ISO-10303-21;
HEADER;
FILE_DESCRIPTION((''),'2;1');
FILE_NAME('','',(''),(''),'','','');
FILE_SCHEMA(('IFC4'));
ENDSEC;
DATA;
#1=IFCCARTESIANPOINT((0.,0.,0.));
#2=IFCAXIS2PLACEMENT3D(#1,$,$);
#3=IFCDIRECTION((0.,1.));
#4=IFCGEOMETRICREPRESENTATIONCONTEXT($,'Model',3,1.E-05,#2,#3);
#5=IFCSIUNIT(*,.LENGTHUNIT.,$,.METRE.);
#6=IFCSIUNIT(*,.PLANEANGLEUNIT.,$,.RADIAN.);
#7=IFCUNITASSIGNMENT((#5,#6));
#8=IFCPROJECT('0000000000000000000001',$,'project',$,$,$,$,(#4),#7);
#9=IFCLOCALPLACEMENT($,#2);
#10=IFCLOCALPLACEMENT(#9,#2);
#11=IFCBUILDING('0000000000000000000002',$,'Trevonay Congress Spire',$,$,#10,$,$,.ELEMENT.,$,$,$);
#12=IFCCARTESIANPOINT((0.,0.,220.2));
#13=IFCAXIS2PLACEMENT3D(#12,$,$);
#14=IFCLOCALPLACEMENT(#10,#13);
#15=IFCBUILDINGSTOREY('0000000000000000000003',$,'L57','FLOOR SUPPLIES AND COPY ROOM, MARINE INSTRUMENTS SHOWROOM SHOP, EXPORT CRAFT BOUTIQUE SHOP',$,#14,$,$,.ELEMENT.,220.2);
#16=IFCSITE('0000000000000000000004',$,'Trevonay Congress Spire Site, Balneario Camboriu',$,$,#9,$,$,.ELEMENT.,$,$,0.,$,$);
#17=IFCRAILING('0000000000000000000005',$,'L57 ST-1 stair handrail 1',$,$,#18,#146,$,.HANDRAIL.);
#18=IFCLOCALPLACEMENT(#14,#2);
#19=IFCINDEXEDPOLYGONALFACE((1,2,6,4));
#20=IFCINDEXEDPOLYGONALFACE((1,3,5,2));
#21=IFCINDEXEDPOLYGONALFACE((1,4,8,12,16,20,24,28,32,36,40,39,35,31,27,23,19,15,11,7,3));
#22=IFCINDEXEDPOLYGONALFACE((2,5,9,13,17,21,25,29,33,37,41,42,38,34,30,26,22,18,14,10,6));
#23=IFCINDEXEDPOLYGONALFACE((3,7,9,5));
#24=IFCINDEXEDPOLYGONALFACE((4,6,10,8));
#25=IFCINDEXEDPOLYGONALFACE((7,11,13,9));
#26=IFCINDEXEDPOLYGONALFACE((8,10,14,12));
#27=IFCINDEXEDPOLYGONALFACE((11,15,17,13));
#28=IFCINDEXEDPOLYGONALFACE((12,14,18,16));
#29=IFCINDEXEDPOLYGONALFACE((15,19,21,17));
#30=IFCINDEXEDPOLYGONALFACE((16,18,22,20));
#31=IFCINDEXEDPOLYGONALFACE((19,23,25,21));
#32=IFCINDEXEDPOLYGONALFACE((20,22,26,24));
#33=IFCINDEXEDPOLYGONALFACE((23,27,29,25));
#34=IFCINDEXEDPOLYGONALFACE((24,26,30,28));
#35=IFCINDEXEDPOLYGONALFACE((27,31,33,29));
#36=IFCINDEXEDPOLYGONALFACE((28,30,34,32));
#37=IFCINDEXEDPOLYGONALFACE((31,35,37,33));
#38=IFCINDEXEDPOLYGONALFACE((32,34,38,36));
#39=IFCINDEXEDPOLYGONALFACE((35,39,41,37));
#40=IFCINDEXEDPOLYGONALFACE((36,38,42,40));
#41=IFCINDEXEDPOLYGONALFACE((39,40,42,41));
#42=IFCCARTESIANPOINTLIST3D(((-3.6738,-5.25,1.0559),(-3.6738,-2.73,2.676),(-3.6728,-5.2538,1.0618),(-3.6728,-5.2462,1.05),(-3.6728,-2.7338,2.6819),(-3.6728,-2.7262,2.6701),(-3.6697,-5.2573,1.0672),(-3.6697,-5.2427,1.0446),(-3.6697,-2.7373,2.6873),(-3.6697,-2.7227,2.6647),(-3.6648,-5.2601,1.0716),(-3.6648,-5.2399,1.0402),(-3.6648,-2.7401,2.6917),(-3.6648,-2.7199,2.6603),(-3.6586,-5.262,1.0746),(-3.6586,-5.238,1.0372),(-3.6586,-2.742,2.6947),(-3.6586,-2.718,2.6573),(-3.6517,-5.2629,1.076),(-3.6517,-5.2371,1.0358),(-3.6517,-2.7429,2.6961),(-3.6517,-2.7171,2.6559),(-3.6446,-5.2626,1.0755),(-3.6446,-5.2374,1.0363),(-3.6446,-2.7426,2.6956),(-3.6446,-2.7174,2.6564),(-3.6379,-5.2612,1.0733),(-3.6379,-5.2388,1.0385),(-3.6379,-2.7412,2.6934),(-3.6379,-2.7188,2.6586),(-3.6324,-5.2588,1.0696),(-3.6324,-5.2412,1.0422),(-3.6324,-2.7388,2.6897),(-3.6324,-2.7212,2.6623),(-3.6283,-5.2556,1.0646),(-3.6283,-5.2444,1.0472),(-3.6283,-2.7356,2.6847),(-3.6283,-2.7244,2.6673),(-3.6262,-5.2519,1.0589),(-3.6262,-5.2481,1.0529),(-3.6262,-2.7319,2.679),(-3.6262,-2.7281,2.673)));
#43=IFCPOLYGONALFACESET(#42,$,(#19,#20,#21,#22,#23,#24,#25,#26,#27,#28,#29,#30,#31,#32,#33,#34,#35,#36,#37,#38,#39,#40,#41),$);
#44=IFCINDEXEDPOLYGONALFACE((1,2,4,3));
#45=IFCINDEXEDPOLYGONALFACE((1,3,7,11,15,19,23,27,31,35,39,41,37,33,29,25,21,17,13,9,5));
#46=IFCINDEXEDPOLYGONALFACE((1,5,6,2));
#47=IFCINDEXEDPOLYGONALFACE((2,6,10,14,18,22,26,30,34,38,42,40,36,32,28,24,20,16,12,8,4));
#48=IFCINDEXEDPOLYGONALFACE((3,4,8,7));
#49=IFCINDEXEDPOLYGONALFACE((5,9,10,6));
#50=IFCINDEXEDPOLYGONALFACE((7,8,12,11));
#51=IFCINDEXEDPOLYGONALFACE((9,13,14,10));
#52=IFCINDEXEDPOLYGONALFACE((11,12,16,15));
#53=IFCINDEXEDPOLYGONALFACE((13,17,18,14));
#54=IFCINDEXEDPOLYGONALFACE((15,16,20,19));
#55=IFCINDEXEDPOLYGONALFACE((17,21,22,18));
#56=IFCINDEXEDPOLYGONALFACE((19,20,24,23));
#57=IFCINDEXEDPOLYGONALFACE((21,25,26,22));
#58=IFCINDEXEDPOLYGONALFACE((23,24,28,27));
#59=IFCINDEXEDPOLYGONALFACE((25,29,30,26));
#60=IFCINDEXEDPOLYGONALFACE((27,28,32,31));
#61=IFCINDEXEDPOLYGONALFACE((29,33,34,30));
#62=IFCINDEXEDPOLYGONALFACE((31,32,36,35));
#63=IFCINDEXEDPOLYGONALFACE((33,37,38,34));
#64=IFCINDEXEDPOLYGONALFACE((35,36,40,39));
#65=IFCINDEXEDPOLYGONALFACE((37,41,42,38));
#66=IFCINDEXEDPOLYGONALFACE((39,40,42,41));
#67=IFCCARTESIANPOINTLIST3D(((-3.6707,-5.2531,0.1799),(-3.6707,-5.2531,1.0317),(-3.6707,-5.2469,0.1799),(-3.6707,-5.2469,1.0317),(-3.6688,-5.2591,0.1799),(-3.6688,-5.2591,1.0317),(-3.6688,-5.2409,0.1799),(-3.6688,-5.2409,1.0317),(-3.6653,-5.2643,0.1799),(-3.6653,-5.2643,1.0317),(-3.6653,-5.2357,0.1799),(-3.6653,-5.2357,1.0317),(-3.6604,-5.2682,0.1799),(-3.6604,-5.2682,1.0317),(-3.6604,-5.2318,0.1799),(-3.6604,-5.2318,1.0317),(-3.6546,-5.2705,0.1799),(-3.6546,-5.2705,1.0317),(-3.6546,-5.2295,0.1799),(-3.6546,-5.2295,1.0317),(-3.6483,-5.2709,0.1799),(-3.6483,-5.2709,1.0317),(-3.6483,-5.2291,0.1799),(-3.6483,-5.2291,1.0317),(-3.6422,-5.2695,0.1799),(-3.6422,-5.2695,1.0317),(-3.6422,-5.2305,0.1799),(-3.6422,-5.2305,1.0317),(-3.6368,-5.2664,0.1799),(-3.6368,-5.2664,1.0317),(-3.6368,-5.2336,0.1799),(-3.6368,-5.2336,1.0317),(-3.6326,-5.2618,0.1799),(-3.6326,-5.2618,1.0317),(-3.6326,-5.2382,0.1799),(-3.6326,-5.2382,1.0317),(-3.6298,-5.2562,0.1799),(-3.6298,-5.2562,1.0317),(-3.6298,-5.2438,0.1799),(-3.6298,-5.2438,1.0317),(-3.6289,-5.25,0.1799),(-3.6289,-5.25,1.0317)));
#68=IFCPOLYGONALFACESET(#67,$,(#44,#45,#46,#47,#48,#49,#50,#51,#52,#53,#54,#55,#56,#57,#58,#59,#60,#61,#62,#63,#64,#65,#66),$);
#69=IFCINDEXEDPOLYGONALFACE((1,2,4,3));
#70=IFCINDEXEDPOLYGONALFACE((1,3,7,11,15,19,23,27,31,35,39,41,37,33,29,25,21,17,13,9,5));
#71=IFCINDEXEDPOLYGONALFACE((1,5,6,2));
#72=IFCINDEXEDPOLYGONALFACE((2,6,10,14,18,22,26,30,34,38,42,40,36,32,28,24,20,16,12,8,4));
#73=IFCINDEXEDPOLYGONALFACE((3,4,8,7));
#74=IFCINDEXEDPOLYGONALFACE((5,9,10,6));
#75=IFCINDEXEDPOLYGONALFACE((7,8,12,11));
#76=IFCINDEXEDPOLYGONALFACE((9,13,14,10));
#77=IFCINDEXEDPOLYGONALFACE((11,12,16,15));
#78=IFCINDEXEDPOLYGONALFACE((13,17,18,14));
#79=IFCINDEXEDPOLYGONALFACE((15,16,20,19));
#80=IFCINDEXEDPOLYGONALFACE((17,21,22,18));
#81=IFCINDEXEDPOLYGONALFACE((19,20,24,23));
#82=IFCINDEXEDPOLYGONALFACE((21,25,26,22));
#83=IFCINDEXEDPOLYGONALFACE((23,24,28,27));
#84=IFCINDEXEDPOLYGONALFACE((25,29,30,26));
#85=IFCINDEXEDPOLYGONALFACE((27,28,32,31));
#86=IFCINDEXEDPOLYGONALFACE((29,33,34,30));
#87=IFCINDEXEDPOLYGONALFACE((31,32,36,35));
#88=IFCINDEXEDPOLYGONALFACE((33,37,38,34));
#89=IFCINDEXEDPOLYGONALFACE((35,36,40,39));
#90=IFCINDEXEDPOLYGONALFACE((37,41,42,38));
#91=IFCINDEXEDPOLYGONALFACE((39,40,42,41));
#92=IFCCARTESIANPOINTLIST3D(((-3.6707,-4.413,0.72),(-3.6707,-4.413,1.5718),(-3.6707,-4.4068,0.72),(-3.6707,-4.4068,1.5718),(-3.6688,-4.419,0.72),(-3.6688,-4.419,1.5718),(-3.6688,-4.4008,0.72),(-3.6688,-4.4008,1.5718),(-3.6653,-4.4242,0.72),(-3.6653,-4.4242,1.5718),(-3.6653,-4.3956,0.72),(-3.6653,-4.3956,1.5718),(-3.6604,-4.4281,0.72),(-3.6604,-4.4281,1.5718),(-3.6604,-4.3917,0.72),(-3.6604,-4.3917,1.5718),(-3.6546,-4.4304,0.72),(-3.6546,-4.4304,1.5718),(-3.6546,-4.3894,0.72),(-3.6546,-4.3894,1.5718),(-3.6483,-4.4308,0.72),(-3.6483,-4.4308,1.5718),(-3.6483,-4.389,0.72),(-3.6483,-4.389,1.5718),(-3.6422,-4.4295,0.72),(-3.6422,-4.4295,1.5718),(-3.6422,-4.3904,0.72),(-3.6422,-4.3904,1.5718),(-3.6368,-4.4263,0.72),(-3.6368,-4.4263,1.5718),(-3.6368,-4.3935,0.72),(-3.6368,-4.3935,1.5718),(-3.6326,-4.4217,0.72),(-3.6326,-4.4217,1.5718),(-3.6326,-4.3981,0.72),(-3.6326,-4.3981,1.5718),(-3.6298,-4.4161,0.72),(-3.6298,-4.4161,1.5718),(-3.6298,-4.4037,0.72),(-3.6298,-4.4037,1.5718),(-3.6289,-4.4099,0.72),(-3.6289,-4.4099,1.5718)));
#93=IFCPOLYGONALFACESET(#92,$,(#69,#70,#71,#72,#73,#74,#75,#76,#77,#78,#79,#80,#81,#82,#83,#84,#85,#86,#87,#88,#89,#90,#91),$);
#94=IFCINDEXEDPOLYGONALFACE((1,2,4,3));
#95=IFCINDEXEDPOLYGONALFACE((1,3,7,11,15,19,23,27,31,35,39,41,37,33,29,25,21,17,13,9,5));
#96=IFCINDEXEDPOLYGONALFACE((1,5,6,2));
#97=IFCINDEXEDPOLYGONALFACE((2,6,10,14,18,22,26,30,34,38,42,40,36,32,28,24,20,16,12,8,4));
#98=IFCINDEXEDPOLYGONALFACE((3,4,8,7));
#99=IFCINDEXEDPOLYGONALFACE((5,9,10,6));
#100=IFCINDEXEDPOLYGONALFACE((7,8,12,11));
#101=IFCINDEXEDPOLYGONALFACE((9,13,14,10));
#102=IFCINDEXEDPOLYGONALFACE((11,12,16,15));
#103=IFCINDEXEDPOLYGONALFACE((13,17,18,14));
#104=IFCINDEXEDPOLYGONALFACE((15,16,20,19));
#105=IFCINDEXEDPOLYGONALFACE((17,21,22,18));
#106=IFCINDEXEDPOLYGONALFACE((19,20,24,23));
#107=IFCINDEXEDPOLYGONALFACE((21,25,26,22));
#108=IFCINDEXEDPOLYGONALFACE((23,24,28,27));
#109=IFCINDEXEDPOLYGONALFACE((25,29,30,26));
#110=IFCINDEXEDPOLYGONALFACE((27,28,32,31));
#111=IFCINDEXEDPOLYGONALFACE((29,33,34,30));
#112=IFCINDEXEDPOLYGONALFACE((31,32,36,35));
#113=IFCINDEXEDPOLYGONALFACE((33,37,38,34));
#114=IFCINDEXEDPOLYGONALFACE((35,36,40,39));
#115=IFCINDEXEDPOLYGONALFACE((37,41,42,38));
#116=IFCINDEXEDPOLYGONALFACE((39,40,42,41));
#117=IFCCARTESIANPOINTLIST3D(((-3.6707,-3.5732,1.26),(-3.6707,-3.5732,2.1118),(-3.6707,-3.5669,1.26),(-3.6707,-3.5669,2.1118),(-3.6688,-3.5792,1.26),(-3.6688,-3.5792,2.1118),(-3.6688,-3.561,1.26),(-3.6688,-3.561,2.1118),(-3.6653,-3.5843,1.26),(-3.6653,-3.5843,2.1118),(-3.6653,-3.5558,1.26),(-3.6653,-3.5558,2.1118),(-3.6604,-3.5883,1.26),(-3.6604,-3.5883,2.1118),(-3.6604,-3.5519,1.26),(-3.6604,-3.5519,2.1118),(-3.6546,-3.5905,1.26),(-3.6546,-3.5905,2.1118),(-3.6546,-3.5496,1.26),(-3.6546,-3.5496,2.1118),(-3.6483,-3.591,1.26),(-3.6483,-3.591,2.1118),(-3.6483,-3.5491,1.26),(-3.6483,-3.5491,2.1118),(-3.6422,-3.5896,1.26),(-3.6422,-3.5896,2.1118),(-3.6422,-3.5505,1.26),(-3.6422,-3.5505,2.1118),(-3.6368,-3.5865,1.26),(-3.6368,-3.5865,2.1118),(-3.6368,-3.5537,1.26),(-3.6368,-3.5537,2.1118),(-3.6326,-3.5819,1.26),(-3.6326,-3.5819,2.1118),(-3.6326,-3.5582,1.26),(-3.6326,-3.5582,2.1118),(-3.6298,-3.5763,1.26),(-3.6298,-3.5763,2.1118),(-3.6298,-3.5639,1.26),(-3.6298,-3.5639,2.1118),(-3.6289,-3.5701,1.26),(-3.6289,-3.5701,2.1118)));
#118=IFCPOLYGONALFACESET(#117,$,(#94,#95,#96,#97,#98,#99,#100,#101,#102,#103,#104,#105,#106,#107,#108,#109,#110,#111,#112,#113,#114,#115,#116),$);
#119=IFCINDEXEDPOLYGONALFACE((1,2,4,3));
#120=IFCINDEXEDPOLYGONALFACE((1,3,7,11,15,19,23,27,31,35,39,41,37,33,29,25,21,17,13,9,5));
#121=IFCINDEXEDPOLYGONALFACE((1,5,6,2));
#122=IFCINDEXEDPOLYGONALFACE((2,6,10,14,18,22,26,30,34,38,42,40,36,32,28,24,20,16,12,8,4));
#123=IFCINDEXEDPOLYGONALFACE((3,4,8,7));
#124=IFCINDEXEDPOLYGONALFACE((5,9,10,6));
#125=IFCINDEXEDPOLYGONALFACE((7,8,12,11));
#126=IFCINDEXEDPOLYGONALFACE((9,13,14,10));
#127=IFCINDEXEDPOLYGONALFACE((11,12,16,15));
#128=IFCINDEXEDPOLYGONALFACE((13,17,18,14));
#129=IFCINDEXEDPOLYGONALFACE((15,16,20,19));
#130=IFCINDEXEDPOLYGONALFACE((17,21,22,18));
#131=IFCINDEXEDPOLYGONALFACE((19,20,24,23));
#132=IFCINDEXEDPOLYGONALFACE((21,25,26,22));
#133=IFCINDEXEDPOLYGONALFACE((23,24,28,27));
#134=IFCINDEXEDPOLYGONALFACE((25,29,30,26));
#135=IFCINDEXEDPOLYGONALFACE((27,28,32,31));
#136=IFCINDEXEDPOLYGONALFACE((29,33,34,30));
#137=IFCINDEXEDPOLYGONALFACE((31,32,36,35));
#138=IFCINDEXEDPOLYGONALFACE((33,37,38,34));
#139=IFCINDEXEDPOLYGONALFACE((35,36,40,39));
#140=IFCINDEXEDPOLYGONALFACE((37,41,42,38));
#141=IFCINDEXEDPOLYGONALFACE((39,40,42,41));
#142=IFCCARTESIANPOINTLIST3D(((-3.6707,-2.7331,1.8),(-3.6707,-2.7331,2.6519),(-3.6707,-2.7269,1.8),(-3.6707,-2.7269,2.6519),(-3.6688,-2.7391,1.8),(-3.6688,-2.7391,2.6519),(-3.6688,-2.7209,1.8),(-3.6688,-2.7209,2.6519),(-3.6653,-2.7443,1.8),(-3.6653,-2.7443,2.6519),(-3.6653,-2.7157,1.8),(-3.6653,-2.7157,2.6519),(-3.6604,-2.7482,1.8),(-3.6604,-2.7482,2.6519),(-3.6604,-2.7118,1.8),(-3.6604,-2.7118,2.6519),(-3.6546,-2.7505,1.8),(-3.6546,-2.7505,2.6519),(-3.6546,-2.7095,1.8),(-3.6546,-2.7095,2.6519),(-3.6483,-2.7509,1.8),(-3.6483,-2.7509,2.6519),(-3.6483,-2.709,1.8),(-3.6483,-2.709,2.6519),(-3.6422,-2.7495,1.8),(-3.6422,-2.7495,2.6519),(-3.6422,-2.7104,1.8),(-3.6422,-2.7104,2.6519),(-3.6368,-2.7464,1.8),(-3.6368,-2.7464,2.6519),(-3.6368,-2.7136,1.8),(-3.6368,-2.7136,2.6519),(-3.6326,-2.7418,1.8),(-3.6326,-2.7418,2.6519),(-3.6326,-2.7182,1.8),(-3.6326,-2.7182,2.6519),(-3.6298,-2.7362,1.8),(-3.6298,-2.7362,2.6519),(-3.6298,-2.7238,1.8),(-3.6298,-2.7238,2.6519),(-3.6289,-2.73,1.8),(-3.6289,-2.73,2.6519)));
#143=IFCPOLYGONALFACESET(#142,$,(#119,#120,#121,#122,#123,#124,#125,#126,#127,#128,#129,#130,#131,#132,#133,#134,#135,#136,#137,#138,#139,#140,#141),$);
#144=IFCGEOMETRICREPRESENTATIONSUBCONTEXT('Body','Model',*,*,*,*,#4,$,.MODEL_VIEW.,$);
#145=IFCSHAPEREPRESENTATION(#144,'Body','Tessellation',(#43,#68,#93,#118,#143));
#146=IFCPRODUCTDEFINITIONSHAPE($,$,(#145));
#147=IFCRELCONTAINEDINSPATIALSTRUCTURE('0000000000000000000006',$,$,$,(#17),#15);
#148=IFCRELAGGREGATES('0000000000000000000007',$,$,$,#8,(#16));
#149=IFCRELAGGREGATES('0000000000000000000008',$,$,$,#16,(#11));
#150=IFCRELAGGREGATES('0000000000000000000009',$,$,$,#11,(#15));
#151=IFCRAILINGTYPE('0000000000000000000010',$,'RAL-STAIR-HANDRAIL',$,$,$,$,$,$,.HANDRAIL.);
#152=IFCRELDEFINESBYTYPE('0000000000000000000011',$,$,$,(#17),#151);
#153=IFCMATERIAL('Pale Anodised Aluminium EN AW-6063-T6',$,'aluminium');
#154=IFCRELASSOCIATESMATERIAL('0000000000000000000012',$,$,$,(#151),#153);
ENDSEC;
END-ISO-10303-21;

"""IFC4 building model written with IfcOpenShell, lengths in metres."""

from ifc_helpers import new_model, si_unit, direction, frame, origin, origin_2d, place, context, subcontext, project, spatial, circle, extrude, material, type_object, element, save


model = new_model("IFC4")

# Units and contexts
model_context = context("Model", 3, precision=1e-05, world=origin(), true_north=direction((0.0, 1.0)))
body_context = subcontext(model_context, "Body", "Model", "MODEL_VIEW")
ifc_project = project(units=[si_unit("LENGTHUNIT", "METRE"), si_unit("PLANEANGLEUNIT", "RADIAN")], contexts=[model_context])

# Site, building, storey
site_placement = place(None, origin())
site = spatial("IfcSite", under=ifc_project, at=site_placement, Name="Trevonay Congress Spire Site, Balneario Camboriu", CompositionType="ELEMENT", RefElevation=0.0)
building_placement = place(site_placement, origin())
building = spatial("IfcBuilding", under=site, at=building_placement, Name="Trevonay Congress Spire", CompositionType="ELEMENT")
storey_placement = place(building_placement, frame((0.0, 0.0, 220.2)))
storey = spatial("IfcBuildingStorey", under=building, at=storey_placement, Name="L57", Description="FLOOR SUPPLIES AND COPY ROOM, MARINE INSTRUMENTS SHOWROOM SHOP, EXPORT CRAFT BOUTIQUE SHOP", CompositionType="ELEMENT", Elevation=220.2)

# Railing
ifc_material_1 = material(Name="Pale Anodised Aluminium EN AW-6063-T6", Category="aluminium")
railing_type_1 = type_object("IfcRailingType", Name="RAL-STAIR-HANDRAIL", PredefinedType="HANDRAIL", material=ifc_material_1)
railing_1_placement = place(storey_placement, frame((-3.6499, -5.25, 0.1799)))
element("IfcRailing", 1, at=railing_1_placement, inside=storey, type_object=railing_type_1, Name="L57 ST-1 stair handrail 1", PredefinedType="HANDRAIL", context=body_context, shape_type="SweptSolid", body=[
    extrude(circle(Radius=0.0239, at=origin_2d()), frame((0.0, 0.0, 0.876), z_axis=(0.0, 0.841163, 0.540782), x_axis=(-1.0, 0.0, 0.0)), (0.0, 0.0, 1.0), 2.9958),
    extrude(circle(Radius=0.021, at=origin_2d()), origin(), (0.0, 0.0, 1.0), 0.8518),
    extrude(circle(Radius=0.021, at=origin_2d()), frame((0.0, 0.8401, 0.54)), (0.0, 0.0, 1.0), 0.8518),
    extrude(circle(Radius=0.021, at=origin_2d()), frame((0.0, 1.6799, 1.0801)), (0.0, 0.0, 1.0), 0.8518),
    extrude(circle(Radius=0.021, at=origin_2d()), frame((0.0, 2.52, 1.6201)), (0.0, 0.0, 1.0), 0.8518),
])

save(model, "model.ifc")
